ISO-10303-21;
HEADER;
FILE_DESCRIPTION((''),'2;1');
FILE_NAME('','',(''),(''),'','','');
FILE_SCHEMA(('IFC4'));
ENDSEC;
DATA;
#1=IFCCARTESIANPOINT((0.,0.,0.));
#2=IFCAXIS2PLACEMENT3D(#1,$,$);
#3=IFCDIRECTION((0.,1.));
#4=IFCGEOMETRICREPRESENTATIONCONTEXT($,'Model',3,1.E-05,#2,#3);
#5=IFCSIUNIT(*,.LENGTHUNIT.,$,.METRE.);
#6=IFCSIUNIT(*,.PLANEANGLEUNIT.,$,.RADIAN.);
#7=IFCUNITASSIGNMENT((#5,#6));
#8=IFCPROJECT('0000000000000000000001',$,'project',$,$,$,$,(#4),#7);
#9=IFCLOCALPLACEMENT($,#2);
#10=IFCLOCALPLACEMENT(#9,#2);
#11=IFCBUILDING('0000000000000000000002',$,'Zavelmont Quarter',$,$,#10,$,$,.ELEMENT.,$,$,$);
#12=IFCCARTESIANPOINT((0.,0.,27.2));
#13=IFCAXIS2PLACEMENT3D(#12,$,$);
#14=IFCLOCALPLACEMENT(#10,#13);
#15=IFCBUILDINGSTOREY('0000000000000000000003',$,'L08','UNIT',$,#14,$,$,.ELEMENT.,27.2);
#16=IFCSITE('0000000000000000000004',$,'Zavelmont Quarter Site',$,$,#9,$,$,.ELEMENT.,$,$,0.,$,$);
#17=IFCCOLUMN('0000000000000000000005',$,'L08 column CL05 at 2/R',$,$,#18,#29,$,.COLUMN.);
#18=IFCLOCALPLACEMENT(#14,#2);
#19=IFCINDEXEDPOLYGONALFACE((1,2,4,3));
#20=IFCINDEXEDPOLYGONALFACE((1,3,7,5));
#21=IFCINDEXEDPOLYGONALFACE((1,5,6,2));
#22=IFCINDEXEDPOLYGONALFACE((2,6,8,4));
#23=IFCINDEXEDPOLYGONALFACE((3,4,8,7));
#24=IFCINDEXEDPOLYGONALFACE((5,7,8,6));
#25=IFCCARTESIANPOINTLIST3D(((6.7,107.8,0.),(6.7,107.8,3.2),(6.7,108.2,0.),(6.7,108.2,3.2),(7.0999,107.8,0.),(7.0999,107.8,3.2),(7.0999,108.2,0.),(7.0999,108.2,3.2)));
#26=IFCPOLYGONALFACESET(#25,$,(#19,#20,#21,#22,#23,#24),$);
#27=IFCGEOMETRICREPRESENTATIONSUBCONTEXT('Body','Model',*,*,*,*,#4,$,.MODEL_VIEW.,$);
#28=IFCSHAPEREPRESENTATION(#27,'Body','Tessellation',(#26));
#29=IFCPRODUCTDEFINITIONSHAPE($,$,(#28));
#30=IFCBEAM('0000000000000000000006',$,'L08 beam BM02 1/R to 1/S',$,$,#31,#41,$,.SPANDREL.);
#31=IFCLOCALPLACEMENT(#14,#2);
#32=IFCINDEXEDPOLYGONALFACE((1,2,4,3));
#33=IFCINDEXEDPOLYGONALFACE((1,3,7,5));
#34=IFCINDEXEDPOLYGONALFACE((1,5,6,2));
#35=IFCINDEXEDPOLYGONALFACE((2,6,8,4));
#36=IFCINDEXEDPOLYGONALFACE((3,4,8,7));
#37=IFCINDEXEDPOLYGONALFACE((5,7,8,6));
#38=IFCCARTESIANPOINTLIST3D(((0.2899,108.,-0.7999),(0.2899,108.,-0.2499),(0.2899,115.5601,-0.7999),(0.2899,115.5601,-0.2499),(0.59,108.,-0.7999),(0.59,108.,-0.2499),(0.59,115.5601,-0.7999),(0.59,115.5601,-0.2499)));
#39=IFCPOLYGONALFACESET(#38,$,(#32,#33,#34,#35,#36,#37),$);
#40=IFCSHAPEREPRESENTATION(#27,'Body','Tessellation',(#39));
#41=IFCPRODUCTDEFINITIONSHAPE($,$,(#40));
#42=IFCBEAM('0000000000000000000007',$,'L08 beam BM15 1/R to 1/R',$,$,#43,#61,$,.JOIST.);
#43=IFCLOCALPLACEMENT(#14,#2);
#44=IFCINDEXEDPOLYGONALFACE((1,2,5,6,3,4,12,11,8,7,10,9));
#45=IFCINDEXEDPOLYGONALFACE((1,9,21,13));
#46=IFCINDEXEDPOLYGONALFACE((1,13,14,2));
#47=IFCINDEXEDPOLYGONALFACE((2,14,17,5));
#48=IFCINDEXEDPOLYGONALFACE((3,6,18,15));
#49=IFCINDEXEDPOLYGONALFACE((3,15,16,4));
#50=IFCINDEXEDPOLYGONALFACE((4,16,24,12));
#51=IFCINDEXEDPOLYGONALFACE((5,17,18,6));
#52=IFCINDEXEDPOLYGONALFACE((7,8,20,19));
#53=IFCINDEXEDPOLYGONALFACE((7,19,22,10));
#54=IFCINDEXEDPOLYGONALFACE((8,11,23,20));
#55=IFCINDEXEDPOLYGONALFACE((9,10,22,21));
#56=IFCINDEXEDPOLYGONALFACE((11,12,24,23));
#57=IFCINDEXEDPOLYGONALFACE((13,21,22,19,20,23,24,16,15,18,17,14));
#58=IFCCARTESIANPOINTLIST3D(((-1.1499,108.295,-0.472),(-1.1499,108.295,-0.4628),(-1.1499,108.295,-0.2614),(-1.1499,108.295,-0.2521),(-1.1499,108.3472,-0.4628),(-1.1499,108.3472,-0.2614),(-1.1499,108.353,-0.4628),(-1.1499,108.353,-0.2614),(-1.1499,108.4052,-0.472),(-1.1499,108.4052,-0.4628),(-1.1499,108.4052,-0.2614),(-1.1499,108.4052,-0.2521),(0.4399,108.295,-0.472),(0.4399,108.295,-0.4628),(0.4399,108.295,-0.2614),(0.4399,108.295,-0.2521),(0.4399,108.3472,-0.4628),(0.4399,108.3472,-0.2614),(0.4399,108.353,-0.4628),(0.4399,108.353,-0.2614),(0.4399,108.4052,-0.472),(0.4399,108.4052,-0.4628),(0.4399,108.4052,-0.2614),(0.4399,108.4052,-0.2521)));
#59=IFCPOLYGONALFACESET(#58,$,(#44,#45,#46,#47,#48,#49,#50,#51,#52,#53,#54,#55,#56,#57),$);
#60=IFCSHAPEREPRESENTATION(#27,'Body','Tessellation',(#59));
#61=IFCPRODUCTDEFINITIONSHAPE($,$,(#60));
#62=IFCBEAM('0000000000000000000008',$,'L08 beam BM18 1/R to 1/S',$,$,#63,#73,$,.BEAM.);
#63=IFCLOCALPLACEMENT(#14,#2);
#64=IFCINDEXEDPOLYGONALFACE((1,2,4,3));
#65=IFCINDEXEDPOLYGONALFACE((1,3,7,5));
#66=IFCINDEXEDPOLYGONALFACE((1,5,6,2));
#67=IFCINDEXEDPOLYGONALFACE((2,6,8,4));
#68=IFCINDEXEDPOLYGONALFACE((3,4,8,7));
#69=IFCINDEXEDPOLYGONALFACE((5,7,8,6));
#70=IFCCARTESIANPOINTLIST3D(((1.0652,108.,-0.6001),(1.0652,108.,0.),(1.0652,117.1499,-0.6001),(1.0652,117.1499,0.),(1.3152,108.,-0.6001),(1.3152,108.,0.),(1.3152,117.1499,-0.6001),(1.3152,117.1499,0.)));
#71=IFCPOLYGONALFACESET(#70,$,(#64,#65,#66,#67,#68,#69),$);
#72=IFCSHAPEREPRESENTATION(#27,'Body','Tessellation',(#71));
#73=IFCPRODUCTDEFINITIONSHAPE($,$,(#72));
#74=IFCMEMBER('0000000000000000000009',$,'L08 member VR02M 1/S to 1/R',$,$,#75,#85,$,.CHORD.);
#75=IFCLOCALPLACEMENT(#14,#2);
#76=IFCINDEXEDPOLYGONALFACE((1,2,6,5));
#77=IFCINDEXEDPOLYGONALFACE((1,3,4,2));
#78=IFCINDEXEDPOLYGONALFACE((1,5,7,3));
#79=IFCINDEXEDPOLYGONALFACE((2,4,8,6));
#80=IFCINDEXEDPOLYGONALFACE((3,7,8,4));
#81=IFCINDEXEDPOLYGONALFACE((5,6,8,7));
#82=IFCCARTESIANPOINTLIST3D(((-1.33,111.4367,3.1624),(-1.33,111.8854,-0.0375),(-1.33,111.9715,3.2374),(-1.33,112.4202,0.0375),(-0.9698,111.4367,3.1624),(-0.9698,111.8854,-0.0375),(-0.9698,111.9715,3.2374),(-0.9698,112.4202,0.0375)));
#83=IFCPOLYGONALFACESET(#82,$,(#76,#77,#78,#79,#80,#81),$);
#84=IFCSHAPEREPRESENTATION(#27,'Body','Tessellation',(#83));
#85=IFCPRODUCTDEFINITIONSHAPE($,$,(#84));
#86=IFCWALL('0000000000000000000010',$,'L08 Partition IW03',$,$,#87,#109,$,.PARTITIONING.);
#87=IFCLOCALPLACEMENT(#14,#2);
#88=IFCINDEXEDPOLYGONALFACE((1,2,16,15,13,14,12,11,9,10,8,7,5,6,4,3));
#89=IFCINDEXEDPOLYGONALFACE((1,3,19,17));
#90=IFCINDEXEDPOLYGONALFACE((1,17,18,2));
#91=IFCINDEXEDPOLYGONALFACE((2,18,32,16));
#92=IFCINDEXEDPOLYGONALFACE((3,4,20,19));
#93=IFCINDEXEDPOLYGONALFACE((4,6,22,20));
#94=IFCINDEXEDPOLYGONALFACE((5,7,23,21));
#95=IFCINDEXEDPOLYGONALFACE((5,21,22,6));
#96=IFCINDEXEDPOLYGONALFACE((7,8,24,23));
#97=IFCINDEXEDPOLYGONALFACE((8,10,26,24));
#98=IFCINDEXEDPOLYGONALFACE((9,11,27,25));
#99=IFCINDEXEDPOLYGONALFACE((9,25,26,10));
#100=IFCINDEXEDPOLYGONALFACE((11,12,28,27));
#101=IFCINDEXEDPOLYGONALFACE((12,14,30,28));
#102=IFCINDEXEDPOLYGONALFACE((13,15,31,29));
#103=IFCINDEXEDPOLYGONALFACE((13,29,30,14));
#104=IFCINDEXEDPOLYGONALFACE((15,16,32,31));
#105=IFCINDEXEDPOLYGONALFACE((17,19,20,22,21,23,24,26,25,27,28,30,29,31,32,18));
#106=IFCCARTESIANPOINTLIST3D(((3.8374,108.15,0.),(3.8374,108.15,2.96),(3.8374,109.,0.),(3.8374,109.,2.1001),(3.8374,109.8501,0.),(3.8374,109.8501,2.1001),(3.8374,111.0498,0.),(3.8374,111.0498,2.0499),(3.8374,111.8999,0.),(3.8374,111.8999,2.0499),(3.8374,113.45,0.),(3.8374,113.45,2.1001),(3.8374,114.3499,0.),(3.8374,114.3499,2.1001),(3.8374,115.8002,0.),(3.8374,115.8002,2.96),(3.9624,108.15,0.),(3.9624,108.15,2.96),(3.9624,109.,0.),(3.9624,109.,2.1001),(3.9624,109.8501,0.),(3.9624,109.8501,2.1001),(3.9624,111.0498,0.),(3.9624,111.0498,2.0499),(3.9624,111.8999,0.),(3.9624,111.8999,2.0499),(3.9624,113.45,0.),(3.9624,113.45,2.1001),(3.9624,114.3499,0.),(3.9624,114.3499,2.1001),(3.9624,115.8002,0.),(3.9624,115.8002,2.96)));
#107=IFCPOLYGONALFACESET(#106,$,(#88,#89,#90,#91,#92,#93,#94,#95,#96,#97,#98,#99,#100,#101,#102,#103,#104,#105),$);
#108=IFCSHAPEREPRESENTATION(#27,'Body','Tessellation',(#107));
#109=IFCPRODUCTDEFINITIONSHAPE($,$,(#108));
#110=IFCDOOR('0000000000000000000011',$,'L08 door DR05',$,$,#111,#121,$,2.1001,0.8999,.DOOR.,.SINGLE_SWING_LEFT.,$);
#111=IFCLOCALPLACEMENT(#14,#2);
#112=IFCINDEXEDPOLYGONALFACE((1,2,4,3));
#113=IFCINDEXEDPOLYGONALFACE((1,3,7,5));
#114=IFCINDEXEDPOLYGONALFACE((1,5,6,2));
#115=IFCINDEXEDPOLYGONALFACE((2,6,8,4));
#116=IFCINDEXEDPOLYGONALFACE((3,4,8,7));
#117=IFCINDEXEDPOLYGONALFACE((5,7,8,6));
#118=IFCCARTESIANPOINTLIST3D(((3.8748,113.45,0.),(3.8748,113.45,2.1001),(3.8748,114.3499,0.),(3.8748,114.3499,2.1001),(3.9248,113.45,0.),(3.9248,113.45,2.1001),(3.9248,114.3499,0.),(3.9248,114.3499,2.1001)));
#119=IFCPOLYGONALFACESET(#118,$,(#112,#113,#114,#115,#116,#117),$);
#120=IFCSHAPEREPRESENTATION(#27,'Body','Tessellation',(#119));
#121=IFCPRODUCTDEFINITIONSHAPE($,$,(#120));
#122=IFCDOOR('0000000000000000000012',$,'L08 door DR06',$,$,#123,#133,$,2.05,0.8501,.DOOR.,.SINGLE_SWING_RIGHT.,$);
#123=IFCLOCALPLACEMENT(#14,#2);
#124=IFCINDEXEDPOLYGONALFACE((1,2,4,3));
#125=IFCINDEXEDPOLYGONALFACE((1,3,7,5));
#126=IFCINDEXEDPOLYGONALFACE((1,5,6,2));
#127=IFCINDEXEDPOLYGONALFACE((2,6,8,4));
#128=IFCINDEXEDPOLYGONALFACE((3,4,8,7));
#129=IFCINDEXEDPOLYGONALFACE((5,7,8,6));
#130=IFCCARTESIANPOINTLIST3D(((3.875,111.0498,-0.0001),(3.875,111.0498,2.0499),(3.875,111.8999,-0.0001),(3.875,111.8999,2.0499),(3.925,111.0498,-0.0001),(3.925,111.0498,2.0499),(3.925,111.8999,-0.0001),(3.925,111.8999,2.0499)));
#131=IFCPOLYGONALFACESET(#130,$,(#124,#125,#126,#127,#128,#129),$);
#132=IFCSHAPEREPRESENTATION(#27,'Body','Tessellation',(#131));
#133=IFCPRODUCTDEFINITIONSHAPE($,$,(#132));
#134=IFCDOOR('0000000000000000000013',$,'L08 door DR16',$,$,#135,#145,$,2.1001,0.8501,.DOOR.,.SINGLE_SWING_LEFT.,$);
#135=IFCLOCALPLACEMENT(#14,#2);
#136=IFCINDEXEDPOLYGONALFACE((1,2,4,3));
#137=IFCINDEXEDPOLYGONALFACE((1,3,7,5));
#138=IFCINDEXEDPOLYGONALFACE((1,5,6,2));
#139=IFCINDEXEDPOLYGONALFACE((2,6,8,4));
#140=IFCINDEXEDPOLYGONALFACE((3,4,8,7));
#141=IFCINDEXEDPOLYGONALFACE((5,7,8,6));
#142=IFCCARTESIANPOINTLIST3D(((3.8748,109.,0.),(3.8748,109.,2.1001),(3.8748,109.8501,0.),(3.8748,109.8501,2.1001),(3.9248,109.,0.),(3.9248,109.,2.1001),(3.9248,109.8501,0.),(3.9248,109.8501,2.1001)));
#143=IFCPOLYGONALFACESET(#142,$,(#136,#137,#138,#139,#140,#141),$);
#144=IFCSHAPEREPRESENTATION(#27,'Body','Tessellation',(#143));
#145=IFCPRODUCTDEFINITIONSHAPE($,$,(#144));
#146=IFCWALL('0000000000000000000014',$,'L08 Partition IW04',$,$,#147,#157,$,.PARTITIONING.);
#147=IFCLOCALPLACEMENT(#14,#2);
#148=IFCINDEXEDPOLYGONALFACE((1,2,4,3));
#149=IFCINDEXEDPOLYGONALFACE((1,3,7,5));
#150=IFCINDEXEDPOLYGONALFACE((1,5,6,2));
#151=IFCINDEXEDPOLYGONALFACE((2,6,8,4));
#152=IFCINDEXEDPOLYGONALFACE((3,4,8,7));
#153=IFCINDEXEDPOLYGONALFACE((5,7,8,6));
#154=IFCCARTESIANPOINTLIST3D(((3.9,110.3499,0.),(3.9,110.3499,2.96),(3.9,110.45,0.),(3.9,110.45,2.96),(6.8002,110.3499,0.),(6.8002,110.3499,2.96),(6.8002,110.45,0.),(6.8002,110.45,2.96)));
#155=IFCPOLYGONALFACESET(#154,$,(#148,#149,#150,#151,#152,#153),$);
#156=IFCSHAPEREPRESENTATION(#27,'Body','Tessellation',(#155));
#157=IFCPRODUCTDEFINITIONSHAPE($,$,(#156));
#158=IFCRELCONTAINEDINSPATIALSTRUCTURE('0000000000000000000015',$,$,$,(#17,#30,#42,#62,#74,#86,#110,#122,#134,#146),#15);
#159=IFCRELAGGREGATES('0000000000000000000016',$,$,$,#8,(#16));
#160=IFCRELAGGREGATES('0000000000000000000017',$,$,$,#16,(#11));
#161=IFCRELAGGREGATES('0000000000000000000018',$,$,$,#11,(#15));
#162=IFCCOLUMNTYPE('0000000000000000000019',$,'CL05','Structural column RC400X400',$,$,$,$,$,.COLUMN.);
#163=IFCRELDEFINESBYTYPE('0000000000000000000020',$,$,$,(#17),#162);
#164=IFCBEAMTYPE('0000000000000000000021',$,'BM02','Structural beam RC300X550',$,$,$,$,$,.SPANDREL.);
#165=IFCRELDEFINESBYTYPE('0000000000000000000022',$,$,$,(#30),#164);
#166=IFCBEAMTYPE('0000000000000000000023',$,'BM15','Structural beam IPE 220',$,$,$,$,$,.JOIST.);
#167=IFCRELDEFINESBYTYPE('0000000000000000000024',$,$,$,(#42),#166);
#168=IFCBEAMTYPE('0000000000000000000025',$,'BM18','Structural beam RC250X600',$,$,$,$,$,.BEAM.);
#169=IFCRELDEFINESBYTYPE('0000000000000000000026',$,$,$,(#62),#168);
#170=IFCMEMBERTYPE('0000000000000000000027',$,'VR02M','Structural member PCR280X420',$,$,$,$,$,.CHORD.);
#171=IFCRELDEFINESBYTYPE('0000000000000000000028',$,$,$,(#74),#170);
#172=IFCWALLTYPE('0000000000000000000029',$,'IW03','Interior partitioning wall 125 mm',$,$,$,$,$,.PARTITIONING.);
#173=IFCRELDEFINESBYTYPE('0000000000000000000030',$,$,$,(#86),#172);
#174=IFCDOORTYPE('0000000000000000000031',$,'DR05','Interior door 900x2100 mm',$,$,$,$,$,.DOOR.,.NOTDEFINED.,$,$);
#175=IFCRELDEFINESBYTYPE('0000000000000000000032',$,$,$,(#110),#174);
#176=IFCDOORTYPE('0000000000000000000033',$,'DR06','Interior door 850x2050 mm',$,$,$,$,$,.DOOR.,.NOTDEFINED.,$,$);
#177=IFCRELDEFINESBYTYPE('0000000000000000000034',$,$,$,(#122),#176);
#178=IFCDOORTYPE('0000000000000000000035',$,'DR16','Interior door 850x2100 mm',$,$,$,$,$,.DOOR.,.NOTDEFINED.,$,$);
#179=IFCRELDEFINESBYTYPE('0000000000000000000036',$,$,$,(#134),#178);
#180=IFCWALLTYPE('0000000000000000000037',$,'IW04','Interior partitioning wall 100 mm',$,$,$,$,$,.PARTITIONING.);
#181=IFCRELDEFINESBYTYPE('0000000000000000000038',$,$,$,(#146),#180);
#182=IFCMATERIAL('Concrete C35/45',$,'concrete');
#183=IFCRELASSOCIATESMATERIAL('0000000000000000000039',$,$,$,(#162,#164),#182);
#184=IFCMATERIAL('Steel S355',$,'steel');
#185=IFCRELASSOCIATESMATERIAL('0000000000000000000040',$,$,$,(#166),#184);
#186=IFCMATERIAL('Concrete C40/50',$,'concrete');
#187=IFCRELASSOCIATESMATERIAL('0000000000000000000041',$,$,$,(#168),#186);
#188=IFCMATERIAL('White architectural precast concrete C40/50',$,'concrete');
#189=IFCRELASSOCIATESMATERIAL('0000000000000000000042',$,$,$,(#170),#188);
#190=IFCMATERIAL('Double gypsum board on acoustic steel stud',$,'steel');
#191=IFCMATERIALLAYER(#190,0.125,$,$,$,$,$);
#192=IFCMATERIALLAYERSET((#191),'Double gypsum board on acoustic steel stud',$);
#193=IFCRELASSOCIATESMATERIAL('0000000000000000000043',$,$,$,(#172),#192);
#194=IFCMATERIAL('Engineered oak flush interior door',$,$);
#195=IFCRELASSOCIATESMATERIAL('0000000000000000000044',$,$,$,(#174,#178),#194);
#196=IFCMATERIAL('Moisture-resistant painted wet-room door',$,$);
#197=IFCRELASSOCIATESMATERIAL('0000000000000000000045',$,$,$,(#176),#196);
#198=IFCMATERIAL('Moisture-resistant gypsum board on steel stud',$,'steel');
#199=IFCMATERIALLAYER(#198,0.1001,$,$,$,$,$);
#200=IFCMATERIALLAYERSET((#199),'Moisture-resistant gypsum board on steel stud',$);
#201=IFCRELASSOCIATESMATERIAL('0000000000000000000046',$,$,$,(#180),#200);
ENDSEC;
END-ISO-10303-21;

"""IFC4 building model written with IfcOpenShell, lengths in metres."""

from ifc_helpers import new_model, si_unit, direction, frame, frame_2d, origin, origin_with_axes, origin_2d, place, context, subcontext, project, spatial, rectangle, i_section, extrude, material, layer, layer_set, material_profile, profile_set, type_object, element, fill, save


model = new_model("IFC4")

# Units and contexts
model_context = context("Model", 3, precision=1e-05, world=origin(), true_north=direction((0.0, 1.0)))
body_context = subcontext(model_context, "Body", "Model", "MODEL_VIEW")
ifc_project = project(units=[si_unit("LENGTHUNIT", "METRE"), si_unit("PLANEANGLEUNIT", "RADIAN")], contexts=[model_context])

# Site, building, storey
site_placement = place(None, origin())
site = spatial("IfcSite", under=ifc_project, at=site_placement, Name="Zavelmont Quarter Site", CompositionType="ELEMENT", RefElevation=0.0)
building_placement = place(site_placement, origin())
building = spatial("IfcBuilding", under=site, at=building_placement, Name="Zavelmont Quarter", CompositionType="ELEMENT")
storey_placement = place(building_placement, frame((0.0, 0.0, 27.2)))
storey = spatial("IfcBuildingStorey", under=building, at=storey_placement, Name="L08", Description="UNIT", CompositionType="ELEMENT", Elevation=27.2)

# Column
ifc_material_1 = material(Name="Concrete C35/45", Category="concrete")
ifc_material_profile_1 = material_profile(ifc_material_1, rectangle(XDim=0.3999, YDim=0.3999, at=origin_2d()), Name="RC400X400")
ifc_profile_set_1 = profile_set([ifc_material_profile_1], Name="Concrete C35/45")
column_type = type_object("IfcColumnType", Name="CL05", Description="Structural column RC400X400", PredefinedType="COLUMN", material=ifc_profile_set_1)
column_placement = place(storey_placement, frame((6.8999, 108.0, 0.0), z_axis=(0.0, 0.0, 1.0), x_axis=(1.0, 0.0, 0.0)))
element("IfcColumn", 1, at=column_placement, inside=storey, type_object=column_type, Name="L08 column CL05 at 2/R", PredefinedType="COLUMN", context=body_context, shape_type="SweptSolid", body=[
    extrude(rectangle(XDim=0.3999, YDim=0.3999, at=origin_2d()), origin(), (0.0, 0.0, 1.0), 3.2),
])

# Beams
ifc_material_profile_2 = material_profile(ifc_material_1, rectangle(XDim=0.3, YDim=0.55, at=origin_2d()), Name="RC300X550")
ifc_profile_set_2 = profile_set([ifc_material_profile_2], Name="Concrete C35/45")
beam_type_1 = type_object("IfcBeamType", Name="BM02", Description="Structural beam RC300X550", PredefinedType="SPANDREL", material=ifc_profile_set_2)
beam_1_placement = place(storey_placement, frame((0.4399, 108.0, -0.5249), z_axis=(0.0, 1.0, 0.0), x_axis=(-1.0, 0.0, 0.0)))
element("IfcBeam", 2, at=beam_1_placement, inside=storey, type_object=beam_type_1, Name="L08 beam BM02 1/R to 1/S", PredefinedType="SPANDREL", context=body_context, shape_type="SweptSolid", body=[
    extrude(rectangle(XDim=0.3, YDim=0.55, at=origin_2d()), origin(), (0.0, 0.0, 1.0), 7.5601),
])
ifc_material_2 = material(Name="Steel S355", Category="steel")
ifc_material_profile_3 = material_profile(ifc_material_2, i_section(OverallWidth=0.1101, OverallDepth=0.22, WebThickness=0.0059, FlangeThickness=0.0093, at=origin_2d()), Name="IPE 220")
ifc_profile_set_3 = profile_set([ifc_material_profile_3], Name="Steel S355")
beam_type_2 = type_object("IfcBeamType", Name="BM15", Description="Structural beam IPE 220", PredefinedType="JOIST", material=ifc_profile_set_3)
beam_2_placement = place(storey_placement, frame((0.4399, 108.3501, -0.3621), z_axis=(-1.0, 0.0, 0.0), x_axis=(0.0, -1.0, 0.0)))
element("IfcBeam", 3, at=beam_2_placement, inside=storey, type_object=beam_type_2, Name="L08 beam BM15 1/R to 1/R", PredefinedType="JOIST", context=body_context, shape_type="SweptSolid", body=[
    extrude(i_section(OverallWidth=0.1101, OverallDepth=0.22, WebThickness=0.0059, FlangeThickness=0.0093, at=origin_2d()), origin(), (0.0, 0.0, 1.0), 1.5898),
])
ifc_material_3 = material(Name="Concrete C40/50", Category="concrete")
ifc_material_profile_4 = material_profile(ifc_material_3, rectangle(XDim=0.25, YDim=0.6001, at=origin_2d()), Name="RC250X600")
ifc_profile_set_4 = profile_set([ifc_material_profile_4], Name="Concrete C40/50")
beam_type_3 = type_object("IfcBeamType", Name="BM18", Description="Structural beam RC250X600", PredefinedType="BEAM", material=ifc_profile_set_4)
beam_3_placement = place(storey_placement, frame((1.1902, 108.0, -0.3), z_axis=(0.0, 1.0, 0.0), x_axis=(-1.0, 0.0, 0.0)))
element("IfcBeam", 4, at=beam_3_placement, inside=storey, type_object=beam_type_3, Name="L08 beam BM18 1/R to 1/S", PredefinedType="BEAM", context=body_context, shape_type="SweptSolid", body=[
    extrude(rectangle(XDim=0.25, YDim=0.6001, at=origin_2d()), origin(), (0.0, 0.0, 1.0), 9.1499),
])

# Member
ifc_material_4 = material(Name="White architectural precast concrete C40/50", Category="concrete")
ifc_material_profile_5 = material_profile(ifc_material_4, rectangle(XDim=0.3601, YDim=0.54, at=origin_2d()), Name="PCR280X420")
ifc_profile_set_5 = profile_set([ifc_material_profile_5], Name="White architectural precast concrete C40/50")
member_type = type_object("IfcMemberType", Name="VR02M", Description="Structural member PCR280X420", PredefinedType="CHORD", material=ifc_profile_set_5)
member_placement = place(storey_placement, frame((-1.1499, 112.1528, 0.0), z_axis=(0.0, -0.138872, 0.99031), x_axis=(1.0, 0.0, 0.0)))
element("IfcMember", 5, at=member_placement, inside=storey, type_object=member_type, Name="L08 member VR02M 1/S to 1/R", PredefinedType="CHORD", context=body_context, shape_type="SweptSolid", body=[
    extrude(rectangle(XDim=0.3601, YDim=0.54, at=origin_2d()), origin(), (0.0, 0.0, 1.0), 3.2312),
])

# Wall, openings, doors
ifc_material_5 = material(Name="Double gypsum board on acoustic steel stud", Category="steel")
ifc_layer_1 = layer(ifc_material_5, 0.125)
ifc_layer_set_1 = layer_set([ifc_layer_1], Name="Double gypsum board on acoustic steel stud")
wall_type_1 = type_object("IfcWallType", Name="IW03", Description="Interior partitioning wall 125 mm", PredefinedType="PARTITIONING", material=ifc_layer_set_1)
wall_1_placement = place(storey_placement, frame((3.8999, 108.1499, 0.0), z_axis=(0.0, 0.0, 1.0), x_axis=(0.0, 1.0, 0.0)))
wall_1 = element("IfcWall", 6, at=wall_1_placement, inside=storey, type_object=wall_type_1, Name="L08 Partition IW03", PredefinedType="PARTITIONING", context=body_context, shape_type="SweptSolid", body=[
    extrude(rectangle(XDim=7.6501, YDim=0.125, at=frame_2d((3.8252, 0.0))), origin(), (0.0, 0.0, 1.0), 2.96),
])
opening_1_placement = place(wall_1_placement, frame((0.8501, 0.0, 0.0)))
opening_1 = element("IfcOpeningElement", 7, at=opening_1_placement, cuts=wall_1, PredefinedType="OPENING", context=body_context, shape_type="SweptSolid", body=[
    extrude(rectangle(XDim=0.8501, YDim=2.1001, at=frame_2d((0.425, 1.05))), frame((0.0, 0.0745, 0.0), z_axis=(0.0, -1.0, 0.0), x_axis=(1.0, 0.0, 0.0)), (0.0, 0.0, 1.0), 0.1489),
])
opening_2_placement = place(wall_1_placement, frame((2.8999, 0.0, 0.0)))
opening_2 = element("IfcOpeningElement", 8, at=opening_2_placement, cuts=wall_1, PredefinedType="OPENING", context=body_context, shape_type="SweptSolid", body=[
    extrude(rectangle(XDim=0.8501, YDim=2.05, at=frame_2d((0.425, 1.0249))), frame((0.0, 0.0745, 0.0), z_axis=(0.0, -1.0, 0.0), x_axis=(1.0, 0.0, 0.0)), (0.0, 0.0, 1.0), 0.1489),
])
opening_3_placement = place(wall_1_placement, frame((5.3, 0.0, 0.0)))
opening_3 = element("IfcOpeningElement", 9, at=opening_3_placement, cuts=wall_1, PredefinedType="OPENING", context=body_context, shape_type="SweptSolid", body=[
    extrude(rectangle(XDim=0.8999, YDim=2.1001, at=frame_2d((0.45, 1.05))), frame((0.0, 0.0745, 0.0), z_axis=(0.0, -1.0, 0.0), x_axis=(1.0, 0.0, 0.0)), (0.0, 0.0, 1.0), 0.1489),
])
ifc_material_6 = material(Name="Engineered oak flush interior door")
door_type_1 = type_object("IfcDoorType", Name="DR05", Description="Interior door 900x2100 mm", OperationType="NOTDEFINED", PredefinedType="DOOR", material=ifc_material_6)
door_1_placement = place(opening_3_placement, frame((0.8999, 0.0, 0.0), z_axis=(0.0, 0.0, 1.0), x_axis=(-1.0, 0.0, 0.0)))
door_1 = element("IfcDoor", 10, at=door_1_placement, inside=storey, type_object=door_type_1, Name="L08 door DR05", OperationType="SINGLE_SWING_LEFT", OverallHeight=2.1001, OverallWidth=0.8999, PredefinedType="DOOR", context=body_context, shape_type="SweptSolid", body=[
    extrude(rectangle(XDim=0.8999, YDim=2.1001, at=frame_2d((0.45, 1.05))), frame((0.0, 0.0249, 0.0), z_axis=(0.0, -1.0, 0.0), x_axis=(1.0, 0.0, 0.0)), (0.0, 0.0, 1.0), 0.05),
])
fill(opening_3, door_1)
ifc_material_7 = material(Name="Moisture-resistant painted wet-room door")
door_type_2 = type_object("IfcDoorType", Name="DR06", Description="Interior door 850x2050 mm", OperationType="NOTDEFINED", PredefinedType="DOOR", material=ifc_material_7)
door_2_placement = place(opening_2_placement, origin_with_axes())
door_2 = element("IfcDoor", 11, at=door_2_placement, inside=storey, type_object=door_type_2, Name="L08 door DR06", OperationType="SINGLE_SWING_RIGHT", OverallHeight=2.05, OverallWidth=0.8501, PredefinedType="DOOR", context=body_context, shape_type="SweptSolid", body=[
    extrude(rectangle(XDim=0.8501, YDim=2.05, at=frame_2d((0.425, 1.0249))), frame((0.0, 0.0249, 0.0), z_axis=(0.0, -1.0, 0.0), x_axis=(1.0, 0.0, 0.0)), (0.0, 0.0, 1.0), 0.05),
])
fill(opening_2, door_2)
door_type_3 = type_object("IfcDoorType", Name="DR16", Description="Interior door 850x2100 mm", OperationType="NOTDEFINED", PredefinedType="DOOR", material=ifc_material_6)
door_3_placement = place(opening_1_placement, frame((0.8501, 0.0, 0.0), z_axis=(0.0, 0.0, 1.0), x_axis=(-1.0, 0.0, 0.0)))
door_3 = element("IfcDoor", 12, at=door_3_placement, inside=storey, type_object=door_type_3, Name="L08 door DR16", OperationType="SINGLE_SWING_LEFT", OverallHeight=2.1001, OverallWidth=0.8501, PredefinedType="DOOR", context=body_context, shape_type="SweptSolid", body=[
    extrude(rectangle(XDim=0.8501, YDim=2.1001, at=frame_2d((0.425, 1.05))), frame((0.0, 0.0249, 0.0), z_axis=(0.0, -1.0, 0.0), x_axis=(1.0, 0.0, 0.0)), (0.0, 0.0, 1.0), 0.05),
])
fill(opening_1, door_3)

# Wall
ifc_material_8 = material(Name="Moisture-resistant gypsum board on steel stud", Category="steel")
ifc_layer_2 = layer(ifc_material_8, 0.1001)
ifc_layer_set_2 = layer_set([ifc_layer_2], Name="Moisture-resistant gypsum board on steel stud")
wall_type_2 = type_object("IfcWallType", Name="IW04", Description="Interior partitioning wall 100 mm", PredefinedType="PARTITIONING", material=ifc_layer_set_2)
wall_2_placement = place(storey_placement, frame((3.8999, 110.3999, 0.0), z_axis=(0.0, 0.0, 1.0), x_axis=(1.0, 0.0, 0.0)))
element("IfcWall", 13, at=wall_2_placement, inside=storey, type_object=wall_type_2, Name="L08 Partition IW04", PredefinedType="PARTITIONING", context=body_context, shape_type="SweptSolid", body=[
    extrude(rectangle(XDim=2.9001, YDim=0.1001, at=frame_2d((1.4502, 0.0))), origin(), (0.0, 0.0, 1.0), 2.96),
])

save(model, "model.ifc")
